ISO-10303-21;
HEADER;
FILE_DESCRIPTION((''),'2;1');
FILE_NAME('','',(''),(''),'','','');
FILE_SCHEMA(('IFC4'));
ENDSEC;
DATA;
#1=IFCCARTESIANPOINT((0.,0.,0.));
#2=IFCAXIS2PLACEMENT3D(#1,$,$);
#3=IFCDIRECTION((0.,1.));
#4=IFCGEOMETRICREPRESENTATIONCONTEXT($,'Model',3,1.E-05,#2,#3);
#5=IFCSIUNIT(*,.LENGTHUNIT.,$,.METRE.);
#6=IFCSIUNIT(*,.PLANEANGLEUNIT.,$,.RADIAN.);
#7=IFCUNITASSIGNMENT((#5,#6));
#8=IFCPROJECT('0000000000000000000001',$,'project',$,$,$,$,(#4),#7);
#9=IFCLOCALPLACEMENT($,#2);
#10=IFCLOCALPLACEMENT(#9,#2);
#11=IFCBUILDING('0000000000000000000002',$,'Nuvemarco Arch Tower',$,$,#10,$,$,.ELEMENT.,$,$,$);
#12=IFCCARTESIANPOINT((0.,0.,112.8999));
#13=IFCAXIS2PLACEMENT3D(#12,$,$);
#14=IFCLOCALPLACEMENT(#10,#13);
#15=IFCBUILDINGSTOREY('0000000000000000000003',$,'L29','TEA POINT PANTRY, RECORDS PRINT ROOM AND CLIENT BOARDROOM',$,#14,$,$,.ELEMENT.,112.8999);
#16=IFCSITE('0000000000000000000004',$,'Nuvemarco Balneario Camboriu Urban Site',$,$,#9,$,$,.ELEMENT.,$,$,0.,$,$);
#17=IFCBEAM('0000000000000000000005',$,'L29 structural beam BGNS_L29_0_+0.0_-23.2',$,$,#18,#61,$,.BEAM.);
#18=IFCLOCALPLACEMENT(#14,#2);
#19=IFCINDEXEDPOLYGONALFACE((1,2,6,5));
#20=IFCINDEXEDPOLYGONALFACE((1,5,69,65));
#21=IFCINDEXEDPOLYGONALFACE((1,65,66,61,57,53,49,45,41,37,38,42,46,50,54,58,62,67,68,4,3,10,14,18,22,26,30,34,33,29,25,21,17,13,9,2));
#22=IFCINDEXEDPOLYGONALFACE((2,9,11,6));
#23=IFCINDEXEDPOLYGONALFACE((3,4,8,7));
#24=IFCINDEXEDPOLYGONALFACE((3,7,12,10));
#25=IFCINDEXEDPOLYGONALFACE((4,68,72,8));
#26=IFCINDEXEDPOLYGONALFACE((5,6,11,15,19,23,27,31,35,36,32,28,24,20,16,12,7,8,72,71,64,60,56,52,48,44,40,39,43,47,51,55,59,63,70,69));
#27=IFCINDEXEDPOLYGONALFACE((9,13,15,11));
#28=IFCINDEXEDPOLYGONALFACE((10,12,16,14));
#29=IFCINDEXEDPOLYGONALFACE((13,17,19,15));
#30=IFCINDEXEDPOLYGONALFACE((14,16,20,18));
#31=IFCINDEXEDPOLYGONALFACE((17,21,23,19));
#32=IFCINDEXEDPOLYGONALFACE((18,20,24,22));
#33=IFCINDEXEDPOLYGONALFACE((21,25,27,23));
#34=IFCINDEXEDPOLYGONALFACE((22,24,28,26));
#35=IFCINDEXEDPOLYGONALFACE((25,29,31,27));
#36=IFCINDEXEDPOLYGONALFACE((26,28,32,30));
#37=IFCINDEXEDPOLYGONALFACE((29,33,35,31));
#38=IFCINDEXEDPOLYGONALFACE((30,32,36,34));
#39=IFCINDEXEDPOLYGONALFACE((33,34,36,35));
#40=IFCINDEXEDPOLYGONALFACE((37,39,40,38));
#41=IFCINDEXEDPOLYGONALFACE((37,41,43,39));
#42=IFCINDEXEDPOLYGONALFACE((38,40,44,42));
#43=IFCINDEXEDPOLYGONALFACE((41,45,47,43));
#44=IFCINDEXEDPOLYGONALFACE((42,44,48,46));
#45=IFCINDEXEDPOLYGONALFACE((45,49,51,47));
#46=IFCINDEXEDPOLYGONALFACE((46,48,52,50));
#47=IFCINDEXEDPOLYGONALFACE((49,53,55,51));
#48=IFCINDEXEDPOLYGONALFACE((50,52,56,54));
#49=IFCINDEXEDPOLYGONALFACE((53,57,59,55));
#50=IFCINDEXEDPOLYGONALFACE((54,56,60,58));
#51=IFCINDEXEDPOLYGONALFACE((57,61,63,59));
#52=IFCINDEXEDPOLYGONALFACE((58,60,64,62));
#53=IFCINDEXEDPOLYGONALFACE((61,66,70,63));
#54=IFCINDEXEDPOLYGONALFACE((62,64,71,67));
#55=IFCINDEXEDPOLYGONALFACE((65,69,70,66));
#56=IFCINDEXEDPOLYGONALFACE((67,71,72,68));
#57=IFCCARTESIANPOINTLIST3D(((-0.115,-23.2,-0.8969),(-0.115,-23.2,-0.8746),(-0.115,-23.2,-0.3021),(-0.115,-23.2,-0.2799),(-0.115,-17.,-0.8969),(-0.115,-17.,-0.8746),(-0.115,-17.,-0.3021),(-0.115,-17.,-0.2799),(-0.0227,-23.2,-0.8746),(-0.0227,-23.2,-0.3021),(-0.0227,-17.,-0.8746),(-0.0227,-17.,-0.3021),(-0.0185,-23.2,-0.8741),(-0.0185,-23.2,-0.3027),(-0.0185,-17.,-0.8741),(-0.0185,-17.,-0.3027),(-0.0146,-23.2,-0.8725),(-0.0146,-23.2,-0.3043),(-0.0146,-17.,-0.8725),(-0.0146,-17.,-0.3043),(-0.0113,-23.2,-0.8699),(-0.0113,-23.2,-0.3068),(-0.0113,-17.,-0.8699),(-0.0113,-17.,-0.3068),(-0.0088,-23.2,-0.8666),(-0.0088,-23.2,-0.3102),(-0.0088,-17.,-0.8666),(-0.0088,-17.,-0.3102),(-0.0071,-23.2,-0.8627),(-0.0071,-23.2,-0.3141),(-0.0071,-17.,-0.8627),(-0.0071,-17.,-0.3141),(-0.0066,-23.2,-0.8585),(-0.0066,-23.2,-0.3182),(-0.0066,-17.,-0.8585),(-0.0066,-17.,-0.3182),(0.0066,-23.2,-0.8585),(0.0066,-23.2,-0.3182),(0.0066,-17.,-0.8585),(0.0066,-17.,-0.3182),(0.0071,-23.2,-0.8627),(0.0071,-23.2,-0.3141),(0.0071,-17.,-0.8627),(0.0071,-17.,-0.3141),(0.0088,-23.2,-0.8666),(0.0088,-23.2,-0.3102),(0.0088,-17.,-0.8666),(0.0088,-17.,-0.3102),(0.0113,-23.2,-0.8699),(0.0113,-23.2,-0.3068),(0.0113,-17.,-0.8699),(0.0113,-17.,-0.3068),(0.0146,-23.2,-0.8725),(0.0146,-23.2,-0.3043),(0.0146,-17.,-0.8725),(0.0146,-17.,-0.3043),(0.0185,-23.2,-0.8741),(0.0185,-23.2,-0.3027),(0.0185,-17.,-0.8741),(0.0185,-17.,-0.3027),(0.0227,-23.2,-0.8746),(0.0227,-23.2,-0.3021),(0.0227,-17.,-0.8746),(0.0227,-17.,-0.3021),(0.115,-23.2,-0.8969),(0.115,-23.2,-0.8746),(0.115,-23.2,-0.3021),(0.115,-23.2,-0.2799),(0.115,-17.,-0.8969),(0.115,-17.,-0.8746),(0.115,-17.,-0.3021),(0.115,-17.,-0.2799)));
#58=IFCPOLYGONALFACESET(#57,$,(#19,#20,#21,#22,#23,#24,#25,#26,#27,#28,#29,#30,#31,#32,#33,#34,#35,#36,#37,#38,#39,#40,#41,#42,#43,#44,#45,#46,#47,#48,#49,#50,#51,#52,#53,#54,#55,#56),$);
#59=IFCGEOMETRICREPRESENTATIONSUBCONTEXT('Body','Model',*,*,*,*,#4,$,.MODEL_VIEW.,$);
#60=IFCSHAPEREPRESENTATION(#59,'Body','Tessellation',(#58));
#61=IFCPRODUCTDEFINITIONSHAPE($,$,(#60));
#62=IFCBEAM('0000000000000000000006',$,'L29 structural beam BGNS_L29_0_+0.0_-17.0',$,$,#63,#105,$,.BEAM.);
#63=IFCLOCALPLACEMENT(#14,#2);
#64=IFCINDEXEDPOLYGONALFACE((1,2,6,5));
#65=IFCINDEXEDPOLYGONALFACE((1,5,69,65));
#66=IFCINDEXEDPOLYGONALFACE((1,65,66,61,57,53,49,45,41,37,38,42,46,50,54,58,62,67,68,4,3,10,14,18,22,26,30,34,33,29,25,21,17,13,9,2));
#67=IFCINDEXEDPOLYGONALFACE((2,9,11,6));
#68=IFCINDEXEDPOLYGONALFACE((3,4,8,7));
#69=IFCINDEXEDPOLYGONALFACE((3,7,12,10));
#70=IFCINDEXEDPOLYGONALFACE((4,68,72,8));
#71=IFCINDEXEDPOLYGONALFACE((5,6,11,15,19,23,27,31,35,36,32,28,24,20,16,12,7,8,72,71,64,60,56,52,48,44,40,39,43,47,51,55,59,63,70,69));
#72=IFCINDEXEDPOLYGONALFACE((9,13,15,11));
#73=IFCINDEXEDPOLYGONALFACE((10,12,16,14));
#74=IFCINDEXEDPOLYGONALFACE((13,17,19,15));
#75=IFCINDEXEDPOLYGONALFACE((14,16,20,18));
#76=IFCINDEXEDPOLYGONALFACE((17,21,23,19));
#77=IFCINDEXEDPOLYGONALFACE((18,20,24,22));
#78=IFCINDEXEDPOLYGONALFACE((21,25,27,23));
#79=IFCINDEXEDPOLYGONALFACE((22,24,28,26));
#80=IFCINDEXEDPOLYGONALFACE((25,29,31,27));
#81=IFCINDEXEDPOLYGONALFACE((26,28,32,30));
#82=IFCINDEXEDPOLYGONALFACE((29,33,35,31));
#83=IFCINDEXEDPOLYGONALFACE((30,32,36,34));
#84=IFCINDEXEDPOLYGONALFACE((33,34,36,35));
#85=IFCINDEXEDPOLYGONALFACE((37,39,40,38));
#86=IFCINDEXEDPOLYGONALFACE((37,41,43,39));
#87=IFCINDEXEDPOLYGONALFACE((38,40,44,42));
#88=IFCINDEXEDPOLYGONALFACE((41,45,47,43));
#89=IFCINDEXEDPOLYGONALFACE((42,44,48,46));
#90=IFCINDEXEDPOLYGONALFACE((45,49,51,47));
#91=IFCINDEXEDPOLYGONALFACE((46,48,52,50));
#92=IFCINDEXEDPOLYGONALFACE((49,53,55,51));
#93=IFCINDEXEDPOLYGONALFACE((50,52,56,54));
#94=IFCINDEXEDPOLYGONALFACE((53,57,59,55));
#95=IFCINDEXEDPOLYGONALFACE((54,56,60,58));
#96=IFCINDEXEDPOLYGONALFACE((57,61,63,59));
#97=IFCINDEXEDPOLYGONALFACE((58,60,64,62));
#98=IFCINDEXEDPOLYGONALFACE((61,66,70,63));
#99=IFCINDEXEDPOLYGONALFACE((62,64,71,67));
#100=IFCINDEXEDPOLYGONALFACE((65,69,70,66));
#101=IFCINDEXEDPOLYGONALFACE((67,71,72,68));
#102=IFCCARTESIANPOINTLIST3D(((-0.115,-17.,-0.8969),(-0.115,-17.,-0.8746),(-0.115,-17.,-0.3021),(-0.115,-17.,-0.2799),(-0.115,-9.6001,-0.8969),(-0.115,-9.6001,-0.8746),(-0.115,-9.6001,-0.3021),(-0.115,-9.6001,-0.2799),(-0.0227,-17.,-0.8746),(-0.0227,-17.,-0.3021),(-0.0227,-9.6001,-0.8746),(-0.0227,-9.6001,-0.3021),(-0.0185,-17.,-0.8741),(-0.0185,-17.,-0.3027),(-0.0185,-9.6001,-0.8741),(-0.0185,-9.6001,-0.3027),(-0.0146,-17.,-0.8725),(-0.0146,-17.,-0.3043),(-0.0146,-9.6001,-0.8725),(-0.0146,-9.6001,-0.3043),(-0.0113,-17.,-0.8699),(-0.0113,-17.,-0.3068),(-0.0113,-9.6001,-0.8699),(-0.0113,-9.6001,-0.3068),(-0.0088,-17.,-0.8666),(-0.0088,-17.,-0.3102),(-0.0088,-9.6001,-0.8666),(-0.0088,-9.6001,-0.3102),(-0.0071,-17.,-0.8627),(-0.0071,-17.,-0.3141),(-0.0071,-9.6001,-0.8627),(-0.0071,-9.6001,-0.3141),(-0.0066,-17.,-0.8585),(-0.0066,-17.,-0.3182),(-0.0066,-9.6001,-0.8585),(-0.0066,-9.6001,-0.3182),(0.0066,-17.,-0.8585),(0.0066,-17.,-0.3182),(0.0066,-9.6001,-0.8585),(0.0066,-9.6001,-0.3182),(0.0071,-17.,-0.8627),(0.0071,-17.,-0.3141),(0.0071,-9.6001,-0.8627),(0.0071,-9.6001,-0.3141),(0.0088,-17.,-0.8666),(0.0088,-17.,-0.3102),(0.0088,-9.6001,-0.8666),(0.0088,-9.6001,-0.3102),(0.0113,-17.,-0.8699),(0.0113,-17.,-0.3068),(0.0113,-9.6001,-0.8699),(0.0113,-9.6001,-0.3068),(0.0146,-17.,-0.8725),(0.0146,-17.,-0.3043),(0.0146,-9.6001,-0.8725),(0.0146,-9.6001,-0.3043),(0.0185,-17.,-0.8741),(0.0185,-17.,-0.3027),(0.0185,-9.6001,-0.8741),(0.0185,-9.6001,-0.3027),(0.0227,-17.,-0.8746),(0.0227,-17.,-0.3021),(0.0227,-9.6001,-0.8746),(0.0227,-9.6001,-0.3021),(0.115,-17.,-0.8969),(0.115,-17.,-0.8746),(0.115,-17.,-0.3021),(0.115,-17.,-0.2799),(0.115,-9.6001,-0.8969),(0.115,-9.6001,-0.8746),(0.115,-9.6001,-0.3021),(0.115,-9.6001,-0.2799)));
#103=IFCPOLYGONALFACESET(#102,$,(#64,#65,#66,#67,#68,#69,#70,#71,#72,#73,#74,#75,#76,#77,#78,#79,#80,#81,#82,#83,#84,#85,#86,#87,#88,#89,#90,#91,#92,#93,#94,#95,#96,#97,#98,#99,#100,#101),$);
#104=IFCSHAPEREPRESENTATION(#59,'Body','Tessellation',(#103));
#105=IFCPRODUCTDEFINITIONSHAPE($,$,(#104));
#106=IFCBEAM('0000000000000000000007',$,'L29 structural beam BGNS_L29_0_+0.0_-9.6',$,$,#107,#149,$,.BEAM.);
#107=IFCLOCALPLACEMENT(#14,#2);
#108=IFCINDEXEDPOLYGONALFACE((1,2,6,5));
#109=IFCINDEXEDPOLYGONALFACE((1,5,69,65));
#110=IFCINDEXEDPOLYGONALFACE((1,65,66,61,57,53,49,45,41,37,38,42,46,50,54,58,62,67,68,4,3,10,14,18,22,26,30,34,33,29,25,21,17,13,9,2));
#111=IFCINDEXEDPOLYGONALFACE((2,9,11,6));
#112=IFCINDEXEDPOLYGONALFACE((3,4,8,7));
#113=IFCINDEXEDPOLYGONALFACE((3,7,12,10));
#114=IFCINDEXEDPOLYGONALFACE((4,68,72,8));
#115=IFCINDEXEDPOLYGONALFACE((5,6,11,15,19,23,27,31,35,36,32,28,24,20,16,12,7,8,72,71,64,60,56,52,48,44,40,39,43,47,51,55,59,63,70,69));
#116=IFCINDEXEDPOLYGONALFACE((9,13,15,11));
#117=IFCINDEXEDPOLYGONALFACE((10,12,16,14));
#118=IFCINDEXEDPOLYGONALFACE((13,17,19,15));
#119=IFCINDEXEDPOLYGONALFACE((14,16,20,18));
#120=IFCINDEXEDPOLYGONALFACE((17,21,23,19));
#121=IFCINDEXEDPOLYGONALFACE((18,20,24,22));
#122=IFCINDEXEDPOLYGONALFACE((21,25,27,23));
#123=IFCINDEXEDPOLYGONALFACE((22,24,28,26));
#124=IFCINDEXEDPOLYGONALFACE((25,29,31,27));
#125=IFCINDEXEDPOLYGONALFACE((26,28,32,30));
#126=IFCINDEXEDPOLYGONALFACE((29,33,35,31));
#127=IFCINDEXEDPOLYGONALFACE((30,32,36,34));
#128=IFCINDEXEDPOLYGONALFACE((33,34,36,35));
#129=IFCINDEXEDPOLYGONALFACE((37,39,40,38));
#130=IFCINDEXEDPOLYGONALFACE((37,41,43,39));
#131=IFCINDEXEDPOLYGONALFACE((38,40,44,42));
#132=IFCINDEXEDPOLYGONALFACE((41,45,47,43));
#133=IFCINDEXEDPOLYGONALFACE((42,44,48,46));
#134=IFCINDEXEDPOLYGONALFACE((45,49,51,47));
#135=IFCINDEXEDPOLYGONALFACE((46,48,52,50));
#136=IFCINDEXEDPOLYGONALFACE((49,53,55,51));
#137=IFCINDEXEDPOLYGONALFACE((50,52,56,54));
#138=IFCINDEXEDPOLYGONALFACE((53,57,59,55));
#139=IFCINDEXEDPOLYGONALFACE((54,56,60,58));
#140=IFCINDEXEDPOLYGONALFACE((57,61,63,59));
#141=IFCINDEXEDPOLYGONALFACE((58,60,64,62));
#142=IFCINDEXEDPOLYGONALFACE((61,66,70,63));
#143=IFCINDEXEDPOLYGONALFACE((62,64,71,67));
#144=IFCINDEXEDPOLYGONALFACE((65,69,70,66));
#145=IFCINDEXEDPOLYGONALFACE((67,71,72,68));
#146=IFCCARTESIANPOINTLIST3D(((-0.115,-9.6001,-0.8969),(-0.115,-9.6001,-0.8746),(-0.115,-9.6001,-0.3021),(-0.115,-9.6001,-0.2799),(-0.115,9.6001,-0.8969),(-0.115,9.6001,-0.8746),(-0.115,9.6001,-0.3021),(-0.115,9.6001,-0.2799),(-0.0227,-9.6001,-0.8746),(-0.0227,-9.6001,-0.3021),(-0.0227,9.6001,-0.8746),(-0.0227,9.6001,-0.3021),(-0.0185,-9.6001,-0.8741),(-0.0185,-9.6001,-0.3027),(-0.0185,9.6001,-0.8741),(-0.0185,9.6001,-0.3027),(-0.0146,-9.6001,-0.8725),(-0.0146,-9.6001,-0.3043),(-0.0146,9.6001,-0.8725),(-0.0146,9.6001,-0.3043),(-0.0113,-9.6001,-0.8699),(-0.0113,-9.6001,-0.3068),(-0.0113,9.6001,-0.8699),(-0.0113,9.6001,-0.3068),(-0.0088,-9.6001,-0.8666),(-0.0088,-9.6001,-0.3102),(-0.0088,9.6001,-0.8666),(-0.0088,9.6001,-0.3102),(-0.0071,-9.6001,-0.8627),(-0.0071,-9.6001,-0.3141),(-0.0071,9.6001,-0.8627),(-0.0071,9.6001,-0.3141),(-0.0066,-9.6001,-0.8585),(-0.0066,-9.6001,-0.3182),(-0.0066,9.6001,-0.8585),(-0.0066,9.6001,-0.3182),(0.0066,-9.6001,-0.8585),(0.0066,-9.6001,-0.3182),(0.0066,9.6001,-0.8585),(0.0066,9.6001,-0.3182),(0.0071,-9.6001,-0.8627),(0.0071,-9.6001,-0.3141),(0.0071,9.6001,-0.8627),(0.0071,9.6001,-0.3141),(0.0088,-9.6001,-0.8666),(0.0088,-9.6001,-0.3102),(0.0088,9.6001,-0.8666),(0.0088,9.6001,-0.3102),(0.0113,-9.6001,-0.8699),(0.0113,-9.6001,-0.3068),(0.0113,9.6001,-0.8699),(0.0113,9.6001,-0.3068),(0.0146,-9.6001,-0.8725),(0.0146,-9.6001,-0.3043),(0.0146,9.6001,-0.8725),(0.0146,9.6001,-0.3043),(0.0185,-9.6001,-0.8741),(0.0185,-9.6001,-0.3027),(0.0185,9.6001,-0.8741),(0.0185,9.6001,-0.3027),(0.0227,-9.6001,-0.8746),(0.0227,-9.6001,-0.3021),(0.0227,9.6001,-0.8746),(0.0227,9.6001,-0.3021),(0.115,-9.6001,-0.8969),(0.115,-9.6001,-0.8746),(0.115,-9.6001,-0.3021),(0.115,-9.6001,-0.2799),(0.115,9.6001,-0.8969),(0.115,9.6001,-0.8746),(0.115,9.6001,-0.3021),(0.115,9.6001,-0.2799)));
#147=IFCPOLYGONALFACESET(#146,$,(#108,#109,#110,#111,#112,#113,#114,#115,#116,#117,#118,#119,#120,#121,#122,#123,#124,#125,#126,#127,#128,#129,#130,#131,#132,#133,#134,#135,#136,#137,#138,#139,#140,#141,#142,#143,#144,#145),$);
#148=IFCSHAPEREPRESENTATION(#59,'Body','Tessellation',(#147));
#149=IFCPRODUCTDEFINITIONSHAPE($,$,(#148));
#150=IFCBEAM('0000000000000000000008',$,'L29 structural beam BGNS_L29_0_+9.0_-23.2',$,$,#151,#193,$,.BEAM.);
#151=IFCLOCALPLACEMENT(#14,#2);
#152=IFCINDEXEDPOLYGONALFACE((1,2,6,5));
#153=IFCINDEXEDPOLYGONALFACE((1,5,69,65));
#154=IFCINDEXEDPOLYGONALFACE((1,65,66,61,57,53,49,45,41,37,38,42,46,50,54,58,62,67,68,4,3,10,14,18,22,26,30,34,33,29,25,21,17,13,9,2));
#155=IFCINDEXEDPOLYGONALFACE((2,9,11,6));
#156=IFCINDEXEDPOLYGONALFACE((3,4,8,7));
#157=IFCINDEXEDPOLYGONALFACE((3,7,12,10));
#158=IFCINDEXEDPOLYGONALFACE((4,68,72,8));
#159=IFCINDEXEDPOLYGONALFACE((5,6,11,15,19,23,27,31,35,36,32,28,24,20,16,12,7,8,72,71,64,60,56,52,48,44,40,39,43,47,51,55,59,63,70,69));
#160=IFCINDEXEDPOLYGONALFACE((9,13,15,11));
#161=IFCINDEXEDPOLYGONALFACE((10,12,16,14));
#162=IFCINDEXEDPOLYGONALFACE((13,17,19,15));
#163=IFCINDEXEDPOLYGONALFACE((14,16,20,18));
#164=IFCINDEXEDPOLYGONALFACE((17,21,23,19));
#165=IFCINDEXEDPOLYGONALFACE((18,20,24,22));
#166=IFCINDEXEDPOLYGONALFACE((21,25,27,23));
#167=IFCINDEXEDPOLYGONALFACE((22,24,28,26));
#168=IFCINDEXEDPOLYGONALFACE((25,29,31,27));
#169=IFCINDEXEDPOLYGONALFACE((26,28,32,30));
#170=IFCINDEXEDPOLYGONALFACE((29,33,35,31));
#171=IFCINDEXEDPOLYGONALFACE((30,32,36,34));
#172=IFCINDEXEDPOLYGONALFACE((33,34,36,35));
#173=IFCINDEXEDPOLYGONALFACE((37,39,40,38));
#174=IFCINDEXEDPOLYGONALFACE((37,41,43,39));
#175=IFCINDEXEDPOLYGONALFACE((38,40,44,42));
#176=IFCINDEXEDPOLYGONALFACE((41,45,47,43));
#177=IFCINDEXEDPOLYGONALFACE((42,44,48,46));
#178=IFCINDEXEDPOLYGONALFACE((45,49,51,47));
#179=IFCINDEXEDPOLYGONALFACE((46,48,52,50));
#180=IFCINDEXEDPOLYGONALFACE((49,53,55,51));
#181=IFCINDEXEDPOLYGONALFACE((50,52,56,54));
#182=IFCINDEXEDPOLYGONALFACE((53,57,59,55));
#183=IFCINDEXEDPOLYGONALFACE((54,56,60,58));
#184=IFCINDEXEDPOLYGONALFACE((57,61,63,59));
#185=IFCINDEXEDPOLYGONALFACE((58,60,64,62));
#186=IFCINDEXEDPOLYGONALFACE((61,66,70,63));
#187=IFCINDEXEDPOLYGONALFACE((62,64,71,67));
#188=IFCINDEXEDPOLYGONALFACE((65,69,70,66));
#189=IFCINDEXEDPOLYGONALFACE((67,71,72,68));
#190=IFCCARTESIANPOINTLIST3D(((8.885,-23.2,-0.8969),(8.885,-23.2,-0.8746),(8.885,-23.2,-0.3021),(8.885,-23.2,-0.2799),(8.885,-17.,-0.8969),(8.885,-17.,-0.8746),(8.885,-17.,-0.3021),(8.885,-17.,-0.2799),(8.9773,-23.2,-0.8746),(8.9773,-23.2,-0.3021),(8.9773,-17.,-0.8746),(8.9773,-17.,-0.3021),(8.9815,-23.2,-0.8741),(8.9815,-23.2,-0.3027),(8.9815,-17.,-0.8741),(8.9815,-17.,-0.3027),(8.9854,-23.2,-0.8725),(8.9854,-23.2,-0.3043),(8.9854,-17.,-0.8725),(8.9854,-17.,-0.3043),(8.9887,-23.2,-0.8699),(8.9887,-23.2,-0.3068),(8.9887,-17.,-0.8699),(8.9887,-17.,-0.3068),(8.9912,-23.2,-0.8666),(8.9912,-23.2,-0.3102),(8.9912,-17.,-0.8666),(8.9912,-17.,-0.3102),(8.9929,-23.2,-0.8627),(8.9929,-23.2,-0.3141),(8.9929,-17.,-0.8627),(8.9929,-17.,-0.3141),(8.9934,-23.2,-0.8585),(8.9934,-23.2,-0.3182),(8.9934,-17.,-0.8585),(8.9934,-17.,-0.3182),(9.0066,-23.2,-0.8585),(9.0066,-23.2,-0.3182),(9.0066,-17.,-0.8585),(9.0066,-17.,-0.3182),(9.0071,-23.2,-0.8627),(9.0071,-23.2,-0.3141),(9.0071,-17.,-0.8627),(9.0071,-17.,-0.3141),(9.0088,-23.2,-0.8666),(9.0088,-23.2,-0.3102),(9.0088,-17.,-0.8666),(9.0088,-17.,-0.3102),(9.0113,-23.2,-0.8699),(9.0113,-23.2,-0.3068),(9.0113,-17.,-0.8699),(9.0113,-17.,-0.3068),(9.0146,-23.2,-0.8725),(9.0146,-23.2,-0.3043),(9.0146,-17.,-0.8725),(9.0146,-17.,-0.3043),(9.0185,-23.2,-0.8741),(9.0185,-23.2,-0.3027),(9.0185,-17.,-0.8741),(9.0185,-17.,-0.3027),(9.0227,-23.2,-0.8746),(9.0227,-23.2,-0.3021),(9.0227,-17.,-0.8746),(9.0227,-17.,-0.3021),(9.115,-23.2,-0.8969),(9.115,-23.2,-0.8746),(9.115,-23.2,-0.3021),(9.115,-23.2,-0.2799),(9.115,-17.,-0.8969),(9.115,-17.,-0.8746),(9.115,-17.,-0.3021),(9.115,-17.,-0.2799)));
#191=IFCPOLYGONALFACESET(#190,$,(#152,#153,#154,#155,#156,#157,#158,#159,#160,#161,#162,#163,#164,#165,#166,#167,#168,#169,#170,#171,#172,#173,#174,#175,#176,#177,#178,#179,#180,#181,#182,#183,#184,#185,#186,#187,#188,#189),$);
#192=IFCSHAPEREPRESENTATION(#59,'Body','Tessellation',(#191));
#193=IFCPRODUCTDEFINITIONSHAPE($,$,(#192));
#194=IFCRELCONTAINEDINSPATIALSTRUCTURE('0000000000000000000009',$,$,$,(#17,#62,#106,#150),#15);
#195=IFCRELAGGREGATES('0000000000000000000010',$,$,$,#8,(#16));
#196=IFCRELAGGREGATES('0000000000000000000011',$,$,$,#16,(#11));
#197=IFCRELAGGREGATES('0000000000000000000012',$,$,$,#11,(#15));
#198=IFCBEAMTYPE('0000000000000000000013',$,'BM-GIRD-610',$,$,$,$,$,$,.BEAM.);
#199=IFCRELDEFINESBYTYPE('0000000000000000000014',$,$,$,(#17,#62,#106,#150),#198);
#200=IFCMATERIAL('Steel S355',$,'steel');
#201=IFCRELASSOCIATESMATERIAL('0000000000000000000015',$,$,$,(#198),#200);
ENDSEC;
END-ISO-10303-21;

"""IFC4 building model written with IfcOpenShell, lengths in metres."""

from ifc_helpers import new_model, si_unit, direction, frame, origin, origin_2d, place, context, subcontext, project, spatial, i_section, extrude, material, material_profile, profile_set, type_object, element, save


model = new_model("IFC4")

# Units and contexts
model_context = context("Model", 3, precision=1e-05, world=origin(), true_north=direction((0.0, 1.0)))
body_context = subcontext(model_context, "Body", "Model", "MODEL_VIEW")
ifc_project = project(units=[si_unit("LENGTHUNIT", "METRE"), si_unit("PLANEANGLEUNIT", "RADIAN")], contexts=[model_context])

# Site, building, storey
site_placement = place(None, origin())
site = spatial("IfcSite", under=ifc_project, at=site_placement, Name="Nuvemarco Balneario Camboriu Urban Site", CompositionType="ELEMENT", RefElevation=0.0)
building_placement = place(site_placement, origin())
building = spatial("IfcBuilding", under=site, at=building_placement, Name="Nuvemarco Arch Tower", CompositionType="ELEMENT")
storey_placement = place(building_placement, frame((0.0, 0.0, 112.8999)))
storey = spatial("IfcBuildingStorey", under=building, at=storey_placement, Name="L29", Description="TEA POINT PANTRY, RECORDS PRINT ROOM AND CLIENT BOARDROOM", CompositionType="ELEMENT", Elevation=112.8999)

# Shared definitions
ifc_material_1 = material(Name="Steel S355", Category="steel")

# Beams
ifc_material_profile_1 = material_profile(ifc_material_1, i_section(OverallWidth=0.23, OverallDepth=0.6169, WebThickness=0.0132, FlangeThickness=0.0222, FilletRadius=0.0161, at=origin_2d()), Name="W610x140")
ifc_profile_set_1 = profile_set([ifc_material_profile_1], Name="Steel S355")
beam_type_1 = type_object("IfcBeamType", Name="BM-GIRD-610", PredefinedType="BEAM", material=ifc_profile_set_1)
beam_1_placement = place(storey_placement, frame((0.0, -23.2, -0.5884), z_axis=(0.0, 1.0, 0.0), x_axis=(-1.0, 0.0, 0.0)))
element("IfcBeam", 1, at=beam_1_placement, inside=storey, type_object=beam_type_1, Name="L29 structural beam BGNS_L29_0_+0.0_-23.2", PredefinedType="BEAM", context=body_context, shape_type="SweptSolid", body=[
    extrude(i_section(OverallWidth=0.23, OverallDepth=0.6169, WebThickness=0.0132, FlangeThickness=0.0222, FilletRadius=0.0161, at=origin_2d()), origin(), (0.0, 0.0, 1.0), 6.2),
])
beam_2_placement = place(storey_placement, frame((0.0, -17.0, -0.5884), z_axis=(0.0, 1.0, 0.0), x_axis=(-1.0, 0.0, 0.0)))
element("IfcBeam", 2, at=beam_2_placement, inside=storey, type_object=beam_type_1, Name="L29 structural beam BGNS_L29_0_+0.0_-17.0", PredefinedType="BEAM", context=body_context, shape_type="SweptSolid", body=[
    extrude(i_section(OverallWidth=0.23, OverallDepth=0.6169, WebThickness=0.0132, FlangeThickness=0.0222, FilletRadius=0.0161, at=origin_2d()), origin(), (0.0, 0.0, 1.0), 7.3999),
])
beam_3_placement = place(storey_placement, frame((0.0, -9.6001, -0.5884), z_axis=(0.0, 1.0, 0.0), x_axis=(-1.0, 0.0, 0.0)))
element("IfcBeam", 3, at=beam_3_placement, inside=storey, type_object=beam_type_1, Name="L29 structural beam BGNS_L29_0_+0.0_-9.6", PredefinedType="BEAM", context=body_context, shape_type="SweptSolid", body=[
    extrude(i_section(OverallWidth=0.23, OverallDepth=0.6169, WebThickness=0.0132, FlangeThickness=0.0222, FilletRadius=0.0161, at=origin_2d()), origin(), (0.0, 0.0, 1.0), 19.2002),
])
beam_4_placement = place(storey_placement, frame((9.0, -23.2, -0.5884), z_axis=(0.0, 1.0, 0.0), x_axis=(-1.0, 0.0, 0.0)))
element("IfcBeam", 4, at=beam_4_placement, inside=storey, type_object=beam_type_1, Name="L29 structural beam BGNS_L29_0_+9.0_-23.2", PredefinedType="BEAM", context=body_context, shape_type="SweptSolid", body=[
    extrude(i_section(OverallWidth=0.23, OverallDepth=0.6169, WebThickness=0.0132, FlangeThickness=0.0222, FilletRadius=0.0161, at=origin_2d()), origin(), (0.0, 0.0, 1.0), 6.2),
])

save(model, "model.ifc")
